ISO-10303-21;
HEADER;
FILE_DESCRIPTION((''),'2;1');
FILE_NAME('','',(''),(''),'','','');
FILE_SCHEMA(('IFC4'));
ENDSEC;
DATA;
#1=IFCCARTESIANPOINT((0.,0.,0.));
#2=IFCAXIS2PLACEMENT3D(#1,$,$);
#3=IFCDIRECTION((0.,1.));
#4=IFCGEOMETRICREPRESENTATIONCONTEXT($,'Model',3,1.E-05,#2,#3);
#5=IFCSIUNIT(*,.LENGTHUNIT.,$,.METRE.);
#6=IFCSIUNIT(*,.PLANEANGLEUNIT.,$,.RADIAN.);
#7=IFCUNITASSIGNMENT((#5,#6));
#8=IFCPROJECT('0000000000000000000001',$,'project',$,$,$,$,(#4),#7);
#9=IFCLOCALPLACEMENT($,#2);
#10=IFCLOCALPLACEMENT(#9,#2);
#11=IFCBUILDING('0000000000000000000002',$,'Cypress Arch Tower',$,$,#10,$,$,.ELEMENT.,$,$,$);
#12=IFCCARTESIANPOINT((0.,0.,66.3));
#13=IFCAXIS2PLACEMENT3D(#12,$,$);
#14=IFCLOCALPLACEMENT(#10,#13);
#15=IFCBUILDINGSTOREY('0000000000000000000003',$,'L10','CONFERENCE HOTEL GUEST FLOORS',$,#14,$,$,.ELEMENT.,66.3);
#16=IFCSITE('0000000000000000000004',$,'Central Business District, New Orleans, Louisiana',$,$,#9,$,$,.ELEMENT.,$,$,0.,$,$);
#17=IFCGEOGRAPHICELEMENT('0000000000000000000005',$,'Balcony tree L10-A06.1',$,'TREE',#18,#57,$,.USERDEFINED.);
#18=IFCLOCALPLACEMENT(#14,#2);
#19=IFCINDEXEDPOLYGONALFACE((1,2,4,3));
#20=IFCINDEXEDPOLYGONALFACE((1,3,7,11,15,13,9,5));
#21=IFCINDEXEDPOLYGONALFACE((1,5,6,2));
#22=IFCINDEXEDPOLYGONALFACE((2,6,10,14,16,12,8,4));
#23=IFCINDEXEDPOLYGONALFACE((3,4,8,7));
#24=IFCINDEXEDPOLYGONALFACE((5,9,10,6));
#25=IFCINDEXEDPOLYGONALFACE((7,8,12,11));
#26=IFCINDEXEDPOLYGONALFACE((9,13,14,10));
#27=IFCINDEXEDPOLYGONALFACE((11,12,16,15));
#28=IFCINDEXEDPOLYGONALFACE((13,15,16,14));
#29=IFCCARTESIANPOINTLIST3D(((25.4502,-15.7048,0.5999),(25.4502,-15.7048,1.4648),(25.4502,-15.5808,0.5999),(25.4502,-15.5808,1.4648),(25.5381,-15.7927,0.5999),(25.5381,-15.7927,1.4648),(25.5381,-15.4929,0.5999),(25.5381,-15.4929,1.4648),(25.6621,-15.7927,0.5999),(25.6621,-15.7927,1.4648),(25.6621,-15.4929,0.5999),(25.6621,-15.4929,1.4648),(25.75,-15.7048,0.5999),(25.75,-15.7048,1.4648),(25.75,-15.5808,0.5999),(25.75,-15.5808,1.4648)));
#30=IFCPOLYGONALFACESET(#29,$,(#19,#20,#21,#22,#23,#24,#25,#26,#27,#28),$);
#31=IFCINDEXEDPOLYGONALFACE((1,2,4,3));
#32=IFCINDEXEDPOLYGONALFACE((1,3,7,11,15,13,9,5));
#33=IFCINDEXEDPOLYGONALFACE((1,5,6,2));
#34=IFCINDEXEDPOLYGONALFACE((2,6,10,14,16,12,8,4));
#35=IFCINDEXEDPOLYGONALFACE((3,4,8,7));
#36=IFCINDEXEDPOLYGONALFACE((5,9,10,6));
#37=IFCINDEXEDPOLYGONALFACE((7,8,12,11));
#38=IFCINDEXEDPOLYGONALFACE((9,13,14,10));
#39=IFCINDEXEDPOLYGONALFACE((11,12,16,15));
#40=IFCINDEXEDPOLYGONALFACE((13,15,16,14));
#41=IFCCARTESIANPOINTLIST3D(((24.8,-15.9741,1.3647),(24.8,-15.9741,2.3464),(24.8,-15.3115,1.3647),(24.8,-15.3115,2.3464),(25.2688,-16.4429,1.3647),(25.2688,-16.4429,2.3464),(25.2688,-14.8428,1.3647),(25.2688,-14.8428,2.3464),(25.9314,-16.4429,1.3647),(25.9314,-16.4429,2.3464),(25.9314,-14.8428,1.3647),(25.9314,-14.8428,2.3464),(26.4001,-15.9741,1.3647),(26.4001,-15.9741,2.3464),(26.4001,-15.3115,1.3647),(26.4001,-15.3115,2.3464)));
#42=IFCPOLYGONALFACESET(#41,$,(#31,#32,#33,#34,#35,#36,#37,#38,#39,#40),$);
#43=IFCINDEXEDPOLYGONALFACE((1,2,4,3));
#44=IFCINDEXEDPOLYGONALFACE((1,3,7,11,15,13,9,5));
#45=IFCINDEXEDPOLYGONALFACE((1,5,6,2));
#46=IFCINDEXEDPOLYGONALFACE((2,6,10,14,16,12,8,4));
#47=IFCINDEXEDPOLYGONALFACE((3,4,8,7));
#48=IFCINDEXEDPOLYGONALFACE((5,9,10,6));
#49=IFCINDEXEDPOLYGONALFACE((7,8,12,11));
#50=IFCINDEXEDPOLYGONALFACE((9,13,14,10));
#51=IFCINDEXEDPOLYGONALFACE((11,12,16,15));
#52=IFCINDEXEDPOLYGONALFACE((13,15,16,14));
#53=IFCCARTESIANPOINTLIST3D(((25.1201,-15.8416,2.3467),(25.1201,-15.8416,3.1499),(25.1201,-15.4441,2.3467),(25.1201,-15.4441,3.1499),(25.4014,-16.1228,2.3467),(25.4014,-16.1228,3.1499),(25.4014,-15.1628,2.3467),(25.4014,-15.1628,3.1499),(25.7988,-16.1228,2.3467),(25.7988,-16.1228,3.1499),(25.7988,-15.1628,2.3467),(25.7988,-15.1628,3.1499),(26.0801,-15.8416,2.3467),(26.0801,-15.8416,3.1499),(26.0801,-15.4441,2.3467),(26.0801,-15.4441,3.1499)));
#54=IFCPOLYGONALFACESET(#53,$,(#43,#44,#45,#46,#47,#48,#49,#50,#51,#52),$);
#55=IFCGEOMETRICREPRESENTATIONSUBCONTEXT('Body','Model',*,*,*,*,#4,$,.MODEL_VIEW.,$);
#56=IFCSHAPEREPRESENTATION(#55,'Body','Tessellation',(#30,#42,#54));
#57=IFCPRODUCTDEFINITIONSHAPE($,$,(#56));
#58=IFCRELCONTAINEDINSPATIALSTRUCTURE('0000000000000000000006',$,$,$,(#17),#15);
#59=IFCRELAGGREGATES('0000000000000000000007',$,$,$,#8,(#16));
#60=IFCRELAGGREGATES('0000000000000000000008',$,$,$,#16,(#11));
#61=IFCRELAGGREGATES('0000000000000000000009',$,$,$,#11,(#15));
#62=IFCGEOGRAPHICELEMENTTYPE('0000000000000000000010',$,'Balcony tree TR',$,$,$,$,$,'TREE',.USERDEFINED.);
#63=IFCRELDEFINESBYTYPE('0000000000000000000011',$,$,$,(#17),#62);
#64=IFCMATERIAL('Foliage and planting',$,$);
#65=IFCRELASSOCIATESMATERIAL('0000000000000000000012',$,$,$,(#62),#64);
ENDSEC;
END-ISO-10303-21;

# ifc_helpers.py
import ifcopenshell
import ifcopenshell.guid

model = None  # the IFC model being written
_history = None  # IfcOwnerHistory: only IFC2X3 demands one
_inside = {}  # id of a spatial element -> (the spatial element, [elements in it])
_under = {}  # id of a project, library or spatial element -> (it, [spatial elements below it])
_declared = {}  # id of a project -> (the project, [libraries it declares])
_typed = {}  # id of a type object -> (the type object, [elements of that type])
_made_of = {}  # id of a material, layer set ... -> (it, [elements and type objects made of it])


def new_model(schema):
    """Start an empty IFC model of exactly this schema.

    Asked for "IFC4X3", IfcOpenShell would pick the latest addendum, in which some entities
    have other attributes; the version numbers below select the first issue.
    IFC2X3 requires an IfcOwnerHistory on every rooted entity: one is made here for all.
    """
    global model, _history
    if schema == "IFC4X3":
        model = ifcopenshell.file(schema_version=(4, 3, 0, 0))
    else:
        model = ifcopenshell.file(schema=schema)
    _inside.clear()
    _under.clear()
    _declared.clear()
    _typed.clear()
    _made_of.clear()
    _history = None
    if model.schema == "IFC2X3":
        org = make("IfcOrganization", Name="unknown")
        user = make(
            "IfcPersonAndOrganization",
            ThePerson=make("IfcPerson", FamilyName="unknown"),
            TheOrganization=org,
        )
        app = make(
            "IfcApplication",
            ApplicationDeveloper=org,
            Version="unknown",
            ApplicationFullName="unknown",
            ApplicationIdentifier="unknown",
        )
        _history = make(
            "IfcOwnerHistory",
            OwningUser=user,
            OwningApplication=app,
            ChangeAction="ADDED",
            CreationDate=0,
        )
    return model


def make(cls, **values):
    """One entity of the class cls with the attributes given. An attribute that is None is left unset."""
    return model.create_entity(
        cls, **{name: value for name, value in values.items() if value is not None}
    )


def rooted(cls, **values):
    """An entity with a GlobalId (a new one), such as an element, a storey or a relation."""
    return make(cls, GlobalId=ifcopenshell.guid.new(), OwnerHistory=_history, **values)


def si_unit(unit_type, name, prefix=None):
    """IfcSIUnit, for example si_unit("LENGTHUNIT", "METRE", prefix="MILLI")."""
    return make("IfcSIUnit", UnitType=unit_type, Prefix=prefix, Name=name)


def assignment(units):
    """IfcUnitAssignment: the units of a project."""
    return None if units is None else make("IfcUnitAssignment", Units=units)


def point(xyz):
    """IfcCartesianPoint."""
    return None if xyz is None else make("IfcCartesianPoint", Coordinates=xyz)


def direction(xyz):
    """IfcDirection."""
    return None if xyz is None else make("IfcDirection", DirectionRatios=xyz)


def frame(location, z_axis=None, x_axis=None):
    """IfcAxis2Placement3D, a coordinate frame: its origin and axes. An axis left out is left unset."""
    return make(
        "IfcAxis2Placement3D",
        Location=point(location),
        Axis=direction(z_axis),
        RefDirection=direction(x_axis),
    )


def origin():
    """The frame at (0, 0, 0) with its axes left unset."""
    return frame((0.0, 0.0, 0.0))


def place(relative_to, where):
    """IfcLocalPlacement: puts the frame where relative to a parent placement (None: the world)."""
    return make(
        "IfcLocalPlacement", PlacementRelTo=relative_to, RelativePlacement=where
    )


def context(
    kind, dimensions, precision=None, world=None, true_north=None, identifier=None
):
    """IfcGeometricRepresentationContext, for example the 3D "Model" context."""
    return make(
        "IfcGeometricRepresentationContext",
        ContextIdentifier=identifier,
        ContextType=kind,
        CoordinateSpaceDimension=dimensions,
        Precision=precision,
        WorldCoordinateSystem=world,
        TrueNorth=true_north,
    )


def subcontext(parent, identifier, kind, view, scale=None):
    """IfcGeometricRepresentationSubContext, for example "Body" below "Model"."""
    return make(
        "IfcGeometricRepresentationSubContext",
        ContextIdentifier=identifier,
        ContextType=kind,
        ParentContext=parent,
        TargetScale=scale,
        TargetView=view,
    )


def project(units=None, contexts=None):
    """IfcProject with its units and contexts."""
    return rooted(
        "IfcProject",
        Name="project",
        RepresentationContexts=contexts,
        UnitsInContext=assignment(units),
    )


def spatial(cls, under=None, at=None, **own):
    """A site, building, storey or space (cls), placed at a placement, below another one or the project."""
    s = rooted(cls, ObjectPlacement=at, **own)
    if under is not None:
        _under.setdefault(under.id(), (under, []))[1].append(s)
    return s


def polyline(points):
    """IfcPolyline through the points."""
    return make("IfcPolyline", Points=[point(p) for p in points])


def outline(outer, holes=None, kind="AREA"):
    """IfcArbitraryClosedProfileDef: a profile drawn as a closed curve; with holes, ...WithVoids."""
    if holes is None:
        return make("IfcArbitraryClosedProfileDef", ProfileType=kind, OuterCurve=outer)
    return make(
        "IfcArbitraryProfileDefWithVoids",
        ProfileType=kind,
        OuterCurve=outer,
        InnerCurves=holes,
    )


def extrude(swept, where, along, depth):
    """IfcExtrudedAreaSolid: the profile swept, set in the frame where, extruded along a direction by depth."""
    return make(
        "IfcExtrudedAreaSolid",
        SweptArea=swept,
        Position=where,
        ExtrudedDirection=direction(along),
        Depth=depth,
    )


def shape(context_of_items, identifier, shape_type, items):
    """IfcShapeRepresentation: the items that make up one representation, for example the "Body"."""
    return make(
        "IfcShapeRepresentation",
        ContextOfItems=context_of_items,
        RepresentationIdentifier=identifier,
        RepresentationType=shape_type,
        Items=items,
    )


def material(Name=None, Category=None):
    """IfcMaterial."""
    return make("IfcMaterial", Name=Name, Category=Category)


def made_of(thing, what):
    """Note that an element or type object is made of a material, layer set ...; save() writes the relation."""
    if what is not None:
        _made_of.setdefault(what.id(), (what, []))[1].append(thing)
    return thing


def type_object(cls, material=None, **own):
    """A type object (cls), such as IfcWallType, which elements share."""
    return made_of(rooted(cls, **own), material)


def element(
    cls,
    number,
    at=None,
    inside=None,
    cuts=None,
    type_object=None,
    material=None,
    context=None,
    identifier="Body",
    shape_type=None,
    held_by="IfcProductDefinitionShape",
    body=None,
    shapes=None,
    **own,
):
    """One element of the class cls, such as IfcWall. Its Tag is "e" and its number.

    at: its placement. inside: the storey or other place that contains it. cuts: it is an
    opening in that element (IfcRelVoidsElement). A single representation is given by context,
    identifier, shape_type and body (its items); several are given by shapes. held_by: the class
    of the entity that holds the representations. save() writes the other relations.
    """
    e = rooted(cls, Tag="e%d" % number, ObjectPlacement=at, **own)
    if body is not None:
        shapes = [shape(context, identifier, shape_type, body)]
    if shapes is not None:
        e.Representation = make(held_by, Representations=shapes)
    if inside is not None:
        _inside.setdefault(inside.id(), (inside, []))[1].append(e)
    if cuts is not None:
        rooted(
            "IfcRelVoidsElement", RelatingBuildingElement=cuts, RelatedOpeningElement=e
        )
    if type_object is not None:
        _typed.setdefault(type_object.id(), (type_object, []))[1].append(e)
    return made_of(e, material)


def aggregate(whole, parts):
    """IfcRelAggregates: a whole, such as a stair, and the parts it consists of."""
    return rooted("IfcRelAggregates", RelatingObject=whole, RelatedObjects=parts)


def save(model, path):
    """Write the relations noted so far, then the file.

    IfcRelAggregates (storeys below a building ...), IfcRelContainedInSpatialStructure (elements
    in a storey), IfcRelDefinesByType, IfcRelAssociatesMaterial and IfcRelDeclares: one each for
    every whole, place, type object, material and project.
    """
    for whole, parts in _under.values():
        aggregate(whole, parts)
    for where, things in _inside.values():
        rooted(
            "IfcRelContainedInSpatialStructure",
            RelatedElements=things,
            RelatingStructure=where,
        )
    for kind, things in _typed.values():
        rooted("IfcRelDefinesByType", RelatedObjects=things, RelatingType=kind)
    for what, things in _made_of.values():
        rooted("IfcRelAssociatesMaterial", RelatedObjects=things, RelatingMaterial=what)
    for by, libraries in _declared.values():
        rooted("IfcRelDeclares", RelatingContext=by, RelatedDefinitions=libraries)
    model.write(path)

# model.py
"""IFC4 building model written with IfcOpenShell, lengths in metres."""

from ifc_helpers import new_model, si_unit, direction, frame, origin, place, context, subcontext, project, spatial, polyline, outline, extrude, material, type_object, element, save


model = new_model("IFC4")

# Units and contexts
model_context = context("Model", 3, precision=1e-05, world=origin(), true_north=direction((0.0, 1.0)))
body_context = subcontext(model_context, "Body", "Model", "MODEL_VIEW")
ifc_project = project(units=[si_unit("LENGTHUNIT", "METRE"), si_unit("PLANEANGLEUNIT", "RADIAN")], contexts=[model_context])

# Site, building, storey
site_placement = place(None, origin())
site = spatial("IfcSite", under=ifc_project, at=site_placement, Name="Central Business District, New Orleans, Louisiana", CompositionType="ELEMENT", RefElevation=0.0)
building_placement = place(site_placement, origin())
building = spatial("IfcBuilding", under=site, at=building_placement, Name="Cypress Arch Tower", CompositionType="ELEMENT")
storey_placement = place(building_placement, frame((0.0, 0.0, 66.3)))
storey = spatial("IfcBuildingStorey", under=building, at=storey_placement, Name="L10", Description="CONFERENCE HOTEL GUEST FLOORS", CompositionType="ELEMENT", Elevation=66.3)

# Geographic element
ifc_material_1 = material(Name="Foliage and planting")
geographic_element_type = type_object("IfcGeographicElementType", Name="Balcony tree TR", ElementType="TREE", PredefinedType="USERDEFINED", material=ifc_material_1)
geographic_element_placement = place(storey_placement, frame((25.6001, -15.6428, 0.5999), z_axis=(0.0, 0.0, 1.0), x_axis=(1.0, 0.0, 0.0)))
element("IfcGeographicElement", 1, at=geographic_element_placement, inside=storey, type_object=geographic_element_type, Name="Balcony tree L10-A06.1", ObjectType="TREE", PredefinedType="USERDEFINED", context=body_context, shape_type="SweptSolid", body=[
    extrude(outline(polyline([(0.1499, 0.062), (0.062, 0.1499), (-0.062, 0.1499), (-0.1499, 0.062), (-0.1499, -0.062), (-0.062, -0.1499), (0.062, -0.1499), (0.1499, -0.062), (0.1499, 0.062)])), origin(), (0.0, 0.0, 1.0), 0.865),
    extrude(outline(polyline([(0.8, 0.3313), (0.3313, 0.8), (-0.3313, 0.8), (-0.8, 0.3313), (-0.8, -0.3313), (-0.3313, -0.8), (0.3313, -0.8), (0.8, -0.3313), (0.8, 0.3313)])), frame((0.0, 0.0, 0.7649)), (0.0, 0.0, 1.0), 0.9817),
    extrude(outline(polyline([(0.48, 0.1987), (0.1987, 0.48), (-0.1987, 0.48), (-0.48, 0.1987), (-0.48, -0.1987), (-0.1987, -0.48), (0.1987, -0.48), (0.48, -0.1987), (0.48, 0.1987)])), frame((0.0, 0.0, 1.7468)), (0.0, 0.0, 1.0), 0.8032),
])

save(model, "model.ifc")
